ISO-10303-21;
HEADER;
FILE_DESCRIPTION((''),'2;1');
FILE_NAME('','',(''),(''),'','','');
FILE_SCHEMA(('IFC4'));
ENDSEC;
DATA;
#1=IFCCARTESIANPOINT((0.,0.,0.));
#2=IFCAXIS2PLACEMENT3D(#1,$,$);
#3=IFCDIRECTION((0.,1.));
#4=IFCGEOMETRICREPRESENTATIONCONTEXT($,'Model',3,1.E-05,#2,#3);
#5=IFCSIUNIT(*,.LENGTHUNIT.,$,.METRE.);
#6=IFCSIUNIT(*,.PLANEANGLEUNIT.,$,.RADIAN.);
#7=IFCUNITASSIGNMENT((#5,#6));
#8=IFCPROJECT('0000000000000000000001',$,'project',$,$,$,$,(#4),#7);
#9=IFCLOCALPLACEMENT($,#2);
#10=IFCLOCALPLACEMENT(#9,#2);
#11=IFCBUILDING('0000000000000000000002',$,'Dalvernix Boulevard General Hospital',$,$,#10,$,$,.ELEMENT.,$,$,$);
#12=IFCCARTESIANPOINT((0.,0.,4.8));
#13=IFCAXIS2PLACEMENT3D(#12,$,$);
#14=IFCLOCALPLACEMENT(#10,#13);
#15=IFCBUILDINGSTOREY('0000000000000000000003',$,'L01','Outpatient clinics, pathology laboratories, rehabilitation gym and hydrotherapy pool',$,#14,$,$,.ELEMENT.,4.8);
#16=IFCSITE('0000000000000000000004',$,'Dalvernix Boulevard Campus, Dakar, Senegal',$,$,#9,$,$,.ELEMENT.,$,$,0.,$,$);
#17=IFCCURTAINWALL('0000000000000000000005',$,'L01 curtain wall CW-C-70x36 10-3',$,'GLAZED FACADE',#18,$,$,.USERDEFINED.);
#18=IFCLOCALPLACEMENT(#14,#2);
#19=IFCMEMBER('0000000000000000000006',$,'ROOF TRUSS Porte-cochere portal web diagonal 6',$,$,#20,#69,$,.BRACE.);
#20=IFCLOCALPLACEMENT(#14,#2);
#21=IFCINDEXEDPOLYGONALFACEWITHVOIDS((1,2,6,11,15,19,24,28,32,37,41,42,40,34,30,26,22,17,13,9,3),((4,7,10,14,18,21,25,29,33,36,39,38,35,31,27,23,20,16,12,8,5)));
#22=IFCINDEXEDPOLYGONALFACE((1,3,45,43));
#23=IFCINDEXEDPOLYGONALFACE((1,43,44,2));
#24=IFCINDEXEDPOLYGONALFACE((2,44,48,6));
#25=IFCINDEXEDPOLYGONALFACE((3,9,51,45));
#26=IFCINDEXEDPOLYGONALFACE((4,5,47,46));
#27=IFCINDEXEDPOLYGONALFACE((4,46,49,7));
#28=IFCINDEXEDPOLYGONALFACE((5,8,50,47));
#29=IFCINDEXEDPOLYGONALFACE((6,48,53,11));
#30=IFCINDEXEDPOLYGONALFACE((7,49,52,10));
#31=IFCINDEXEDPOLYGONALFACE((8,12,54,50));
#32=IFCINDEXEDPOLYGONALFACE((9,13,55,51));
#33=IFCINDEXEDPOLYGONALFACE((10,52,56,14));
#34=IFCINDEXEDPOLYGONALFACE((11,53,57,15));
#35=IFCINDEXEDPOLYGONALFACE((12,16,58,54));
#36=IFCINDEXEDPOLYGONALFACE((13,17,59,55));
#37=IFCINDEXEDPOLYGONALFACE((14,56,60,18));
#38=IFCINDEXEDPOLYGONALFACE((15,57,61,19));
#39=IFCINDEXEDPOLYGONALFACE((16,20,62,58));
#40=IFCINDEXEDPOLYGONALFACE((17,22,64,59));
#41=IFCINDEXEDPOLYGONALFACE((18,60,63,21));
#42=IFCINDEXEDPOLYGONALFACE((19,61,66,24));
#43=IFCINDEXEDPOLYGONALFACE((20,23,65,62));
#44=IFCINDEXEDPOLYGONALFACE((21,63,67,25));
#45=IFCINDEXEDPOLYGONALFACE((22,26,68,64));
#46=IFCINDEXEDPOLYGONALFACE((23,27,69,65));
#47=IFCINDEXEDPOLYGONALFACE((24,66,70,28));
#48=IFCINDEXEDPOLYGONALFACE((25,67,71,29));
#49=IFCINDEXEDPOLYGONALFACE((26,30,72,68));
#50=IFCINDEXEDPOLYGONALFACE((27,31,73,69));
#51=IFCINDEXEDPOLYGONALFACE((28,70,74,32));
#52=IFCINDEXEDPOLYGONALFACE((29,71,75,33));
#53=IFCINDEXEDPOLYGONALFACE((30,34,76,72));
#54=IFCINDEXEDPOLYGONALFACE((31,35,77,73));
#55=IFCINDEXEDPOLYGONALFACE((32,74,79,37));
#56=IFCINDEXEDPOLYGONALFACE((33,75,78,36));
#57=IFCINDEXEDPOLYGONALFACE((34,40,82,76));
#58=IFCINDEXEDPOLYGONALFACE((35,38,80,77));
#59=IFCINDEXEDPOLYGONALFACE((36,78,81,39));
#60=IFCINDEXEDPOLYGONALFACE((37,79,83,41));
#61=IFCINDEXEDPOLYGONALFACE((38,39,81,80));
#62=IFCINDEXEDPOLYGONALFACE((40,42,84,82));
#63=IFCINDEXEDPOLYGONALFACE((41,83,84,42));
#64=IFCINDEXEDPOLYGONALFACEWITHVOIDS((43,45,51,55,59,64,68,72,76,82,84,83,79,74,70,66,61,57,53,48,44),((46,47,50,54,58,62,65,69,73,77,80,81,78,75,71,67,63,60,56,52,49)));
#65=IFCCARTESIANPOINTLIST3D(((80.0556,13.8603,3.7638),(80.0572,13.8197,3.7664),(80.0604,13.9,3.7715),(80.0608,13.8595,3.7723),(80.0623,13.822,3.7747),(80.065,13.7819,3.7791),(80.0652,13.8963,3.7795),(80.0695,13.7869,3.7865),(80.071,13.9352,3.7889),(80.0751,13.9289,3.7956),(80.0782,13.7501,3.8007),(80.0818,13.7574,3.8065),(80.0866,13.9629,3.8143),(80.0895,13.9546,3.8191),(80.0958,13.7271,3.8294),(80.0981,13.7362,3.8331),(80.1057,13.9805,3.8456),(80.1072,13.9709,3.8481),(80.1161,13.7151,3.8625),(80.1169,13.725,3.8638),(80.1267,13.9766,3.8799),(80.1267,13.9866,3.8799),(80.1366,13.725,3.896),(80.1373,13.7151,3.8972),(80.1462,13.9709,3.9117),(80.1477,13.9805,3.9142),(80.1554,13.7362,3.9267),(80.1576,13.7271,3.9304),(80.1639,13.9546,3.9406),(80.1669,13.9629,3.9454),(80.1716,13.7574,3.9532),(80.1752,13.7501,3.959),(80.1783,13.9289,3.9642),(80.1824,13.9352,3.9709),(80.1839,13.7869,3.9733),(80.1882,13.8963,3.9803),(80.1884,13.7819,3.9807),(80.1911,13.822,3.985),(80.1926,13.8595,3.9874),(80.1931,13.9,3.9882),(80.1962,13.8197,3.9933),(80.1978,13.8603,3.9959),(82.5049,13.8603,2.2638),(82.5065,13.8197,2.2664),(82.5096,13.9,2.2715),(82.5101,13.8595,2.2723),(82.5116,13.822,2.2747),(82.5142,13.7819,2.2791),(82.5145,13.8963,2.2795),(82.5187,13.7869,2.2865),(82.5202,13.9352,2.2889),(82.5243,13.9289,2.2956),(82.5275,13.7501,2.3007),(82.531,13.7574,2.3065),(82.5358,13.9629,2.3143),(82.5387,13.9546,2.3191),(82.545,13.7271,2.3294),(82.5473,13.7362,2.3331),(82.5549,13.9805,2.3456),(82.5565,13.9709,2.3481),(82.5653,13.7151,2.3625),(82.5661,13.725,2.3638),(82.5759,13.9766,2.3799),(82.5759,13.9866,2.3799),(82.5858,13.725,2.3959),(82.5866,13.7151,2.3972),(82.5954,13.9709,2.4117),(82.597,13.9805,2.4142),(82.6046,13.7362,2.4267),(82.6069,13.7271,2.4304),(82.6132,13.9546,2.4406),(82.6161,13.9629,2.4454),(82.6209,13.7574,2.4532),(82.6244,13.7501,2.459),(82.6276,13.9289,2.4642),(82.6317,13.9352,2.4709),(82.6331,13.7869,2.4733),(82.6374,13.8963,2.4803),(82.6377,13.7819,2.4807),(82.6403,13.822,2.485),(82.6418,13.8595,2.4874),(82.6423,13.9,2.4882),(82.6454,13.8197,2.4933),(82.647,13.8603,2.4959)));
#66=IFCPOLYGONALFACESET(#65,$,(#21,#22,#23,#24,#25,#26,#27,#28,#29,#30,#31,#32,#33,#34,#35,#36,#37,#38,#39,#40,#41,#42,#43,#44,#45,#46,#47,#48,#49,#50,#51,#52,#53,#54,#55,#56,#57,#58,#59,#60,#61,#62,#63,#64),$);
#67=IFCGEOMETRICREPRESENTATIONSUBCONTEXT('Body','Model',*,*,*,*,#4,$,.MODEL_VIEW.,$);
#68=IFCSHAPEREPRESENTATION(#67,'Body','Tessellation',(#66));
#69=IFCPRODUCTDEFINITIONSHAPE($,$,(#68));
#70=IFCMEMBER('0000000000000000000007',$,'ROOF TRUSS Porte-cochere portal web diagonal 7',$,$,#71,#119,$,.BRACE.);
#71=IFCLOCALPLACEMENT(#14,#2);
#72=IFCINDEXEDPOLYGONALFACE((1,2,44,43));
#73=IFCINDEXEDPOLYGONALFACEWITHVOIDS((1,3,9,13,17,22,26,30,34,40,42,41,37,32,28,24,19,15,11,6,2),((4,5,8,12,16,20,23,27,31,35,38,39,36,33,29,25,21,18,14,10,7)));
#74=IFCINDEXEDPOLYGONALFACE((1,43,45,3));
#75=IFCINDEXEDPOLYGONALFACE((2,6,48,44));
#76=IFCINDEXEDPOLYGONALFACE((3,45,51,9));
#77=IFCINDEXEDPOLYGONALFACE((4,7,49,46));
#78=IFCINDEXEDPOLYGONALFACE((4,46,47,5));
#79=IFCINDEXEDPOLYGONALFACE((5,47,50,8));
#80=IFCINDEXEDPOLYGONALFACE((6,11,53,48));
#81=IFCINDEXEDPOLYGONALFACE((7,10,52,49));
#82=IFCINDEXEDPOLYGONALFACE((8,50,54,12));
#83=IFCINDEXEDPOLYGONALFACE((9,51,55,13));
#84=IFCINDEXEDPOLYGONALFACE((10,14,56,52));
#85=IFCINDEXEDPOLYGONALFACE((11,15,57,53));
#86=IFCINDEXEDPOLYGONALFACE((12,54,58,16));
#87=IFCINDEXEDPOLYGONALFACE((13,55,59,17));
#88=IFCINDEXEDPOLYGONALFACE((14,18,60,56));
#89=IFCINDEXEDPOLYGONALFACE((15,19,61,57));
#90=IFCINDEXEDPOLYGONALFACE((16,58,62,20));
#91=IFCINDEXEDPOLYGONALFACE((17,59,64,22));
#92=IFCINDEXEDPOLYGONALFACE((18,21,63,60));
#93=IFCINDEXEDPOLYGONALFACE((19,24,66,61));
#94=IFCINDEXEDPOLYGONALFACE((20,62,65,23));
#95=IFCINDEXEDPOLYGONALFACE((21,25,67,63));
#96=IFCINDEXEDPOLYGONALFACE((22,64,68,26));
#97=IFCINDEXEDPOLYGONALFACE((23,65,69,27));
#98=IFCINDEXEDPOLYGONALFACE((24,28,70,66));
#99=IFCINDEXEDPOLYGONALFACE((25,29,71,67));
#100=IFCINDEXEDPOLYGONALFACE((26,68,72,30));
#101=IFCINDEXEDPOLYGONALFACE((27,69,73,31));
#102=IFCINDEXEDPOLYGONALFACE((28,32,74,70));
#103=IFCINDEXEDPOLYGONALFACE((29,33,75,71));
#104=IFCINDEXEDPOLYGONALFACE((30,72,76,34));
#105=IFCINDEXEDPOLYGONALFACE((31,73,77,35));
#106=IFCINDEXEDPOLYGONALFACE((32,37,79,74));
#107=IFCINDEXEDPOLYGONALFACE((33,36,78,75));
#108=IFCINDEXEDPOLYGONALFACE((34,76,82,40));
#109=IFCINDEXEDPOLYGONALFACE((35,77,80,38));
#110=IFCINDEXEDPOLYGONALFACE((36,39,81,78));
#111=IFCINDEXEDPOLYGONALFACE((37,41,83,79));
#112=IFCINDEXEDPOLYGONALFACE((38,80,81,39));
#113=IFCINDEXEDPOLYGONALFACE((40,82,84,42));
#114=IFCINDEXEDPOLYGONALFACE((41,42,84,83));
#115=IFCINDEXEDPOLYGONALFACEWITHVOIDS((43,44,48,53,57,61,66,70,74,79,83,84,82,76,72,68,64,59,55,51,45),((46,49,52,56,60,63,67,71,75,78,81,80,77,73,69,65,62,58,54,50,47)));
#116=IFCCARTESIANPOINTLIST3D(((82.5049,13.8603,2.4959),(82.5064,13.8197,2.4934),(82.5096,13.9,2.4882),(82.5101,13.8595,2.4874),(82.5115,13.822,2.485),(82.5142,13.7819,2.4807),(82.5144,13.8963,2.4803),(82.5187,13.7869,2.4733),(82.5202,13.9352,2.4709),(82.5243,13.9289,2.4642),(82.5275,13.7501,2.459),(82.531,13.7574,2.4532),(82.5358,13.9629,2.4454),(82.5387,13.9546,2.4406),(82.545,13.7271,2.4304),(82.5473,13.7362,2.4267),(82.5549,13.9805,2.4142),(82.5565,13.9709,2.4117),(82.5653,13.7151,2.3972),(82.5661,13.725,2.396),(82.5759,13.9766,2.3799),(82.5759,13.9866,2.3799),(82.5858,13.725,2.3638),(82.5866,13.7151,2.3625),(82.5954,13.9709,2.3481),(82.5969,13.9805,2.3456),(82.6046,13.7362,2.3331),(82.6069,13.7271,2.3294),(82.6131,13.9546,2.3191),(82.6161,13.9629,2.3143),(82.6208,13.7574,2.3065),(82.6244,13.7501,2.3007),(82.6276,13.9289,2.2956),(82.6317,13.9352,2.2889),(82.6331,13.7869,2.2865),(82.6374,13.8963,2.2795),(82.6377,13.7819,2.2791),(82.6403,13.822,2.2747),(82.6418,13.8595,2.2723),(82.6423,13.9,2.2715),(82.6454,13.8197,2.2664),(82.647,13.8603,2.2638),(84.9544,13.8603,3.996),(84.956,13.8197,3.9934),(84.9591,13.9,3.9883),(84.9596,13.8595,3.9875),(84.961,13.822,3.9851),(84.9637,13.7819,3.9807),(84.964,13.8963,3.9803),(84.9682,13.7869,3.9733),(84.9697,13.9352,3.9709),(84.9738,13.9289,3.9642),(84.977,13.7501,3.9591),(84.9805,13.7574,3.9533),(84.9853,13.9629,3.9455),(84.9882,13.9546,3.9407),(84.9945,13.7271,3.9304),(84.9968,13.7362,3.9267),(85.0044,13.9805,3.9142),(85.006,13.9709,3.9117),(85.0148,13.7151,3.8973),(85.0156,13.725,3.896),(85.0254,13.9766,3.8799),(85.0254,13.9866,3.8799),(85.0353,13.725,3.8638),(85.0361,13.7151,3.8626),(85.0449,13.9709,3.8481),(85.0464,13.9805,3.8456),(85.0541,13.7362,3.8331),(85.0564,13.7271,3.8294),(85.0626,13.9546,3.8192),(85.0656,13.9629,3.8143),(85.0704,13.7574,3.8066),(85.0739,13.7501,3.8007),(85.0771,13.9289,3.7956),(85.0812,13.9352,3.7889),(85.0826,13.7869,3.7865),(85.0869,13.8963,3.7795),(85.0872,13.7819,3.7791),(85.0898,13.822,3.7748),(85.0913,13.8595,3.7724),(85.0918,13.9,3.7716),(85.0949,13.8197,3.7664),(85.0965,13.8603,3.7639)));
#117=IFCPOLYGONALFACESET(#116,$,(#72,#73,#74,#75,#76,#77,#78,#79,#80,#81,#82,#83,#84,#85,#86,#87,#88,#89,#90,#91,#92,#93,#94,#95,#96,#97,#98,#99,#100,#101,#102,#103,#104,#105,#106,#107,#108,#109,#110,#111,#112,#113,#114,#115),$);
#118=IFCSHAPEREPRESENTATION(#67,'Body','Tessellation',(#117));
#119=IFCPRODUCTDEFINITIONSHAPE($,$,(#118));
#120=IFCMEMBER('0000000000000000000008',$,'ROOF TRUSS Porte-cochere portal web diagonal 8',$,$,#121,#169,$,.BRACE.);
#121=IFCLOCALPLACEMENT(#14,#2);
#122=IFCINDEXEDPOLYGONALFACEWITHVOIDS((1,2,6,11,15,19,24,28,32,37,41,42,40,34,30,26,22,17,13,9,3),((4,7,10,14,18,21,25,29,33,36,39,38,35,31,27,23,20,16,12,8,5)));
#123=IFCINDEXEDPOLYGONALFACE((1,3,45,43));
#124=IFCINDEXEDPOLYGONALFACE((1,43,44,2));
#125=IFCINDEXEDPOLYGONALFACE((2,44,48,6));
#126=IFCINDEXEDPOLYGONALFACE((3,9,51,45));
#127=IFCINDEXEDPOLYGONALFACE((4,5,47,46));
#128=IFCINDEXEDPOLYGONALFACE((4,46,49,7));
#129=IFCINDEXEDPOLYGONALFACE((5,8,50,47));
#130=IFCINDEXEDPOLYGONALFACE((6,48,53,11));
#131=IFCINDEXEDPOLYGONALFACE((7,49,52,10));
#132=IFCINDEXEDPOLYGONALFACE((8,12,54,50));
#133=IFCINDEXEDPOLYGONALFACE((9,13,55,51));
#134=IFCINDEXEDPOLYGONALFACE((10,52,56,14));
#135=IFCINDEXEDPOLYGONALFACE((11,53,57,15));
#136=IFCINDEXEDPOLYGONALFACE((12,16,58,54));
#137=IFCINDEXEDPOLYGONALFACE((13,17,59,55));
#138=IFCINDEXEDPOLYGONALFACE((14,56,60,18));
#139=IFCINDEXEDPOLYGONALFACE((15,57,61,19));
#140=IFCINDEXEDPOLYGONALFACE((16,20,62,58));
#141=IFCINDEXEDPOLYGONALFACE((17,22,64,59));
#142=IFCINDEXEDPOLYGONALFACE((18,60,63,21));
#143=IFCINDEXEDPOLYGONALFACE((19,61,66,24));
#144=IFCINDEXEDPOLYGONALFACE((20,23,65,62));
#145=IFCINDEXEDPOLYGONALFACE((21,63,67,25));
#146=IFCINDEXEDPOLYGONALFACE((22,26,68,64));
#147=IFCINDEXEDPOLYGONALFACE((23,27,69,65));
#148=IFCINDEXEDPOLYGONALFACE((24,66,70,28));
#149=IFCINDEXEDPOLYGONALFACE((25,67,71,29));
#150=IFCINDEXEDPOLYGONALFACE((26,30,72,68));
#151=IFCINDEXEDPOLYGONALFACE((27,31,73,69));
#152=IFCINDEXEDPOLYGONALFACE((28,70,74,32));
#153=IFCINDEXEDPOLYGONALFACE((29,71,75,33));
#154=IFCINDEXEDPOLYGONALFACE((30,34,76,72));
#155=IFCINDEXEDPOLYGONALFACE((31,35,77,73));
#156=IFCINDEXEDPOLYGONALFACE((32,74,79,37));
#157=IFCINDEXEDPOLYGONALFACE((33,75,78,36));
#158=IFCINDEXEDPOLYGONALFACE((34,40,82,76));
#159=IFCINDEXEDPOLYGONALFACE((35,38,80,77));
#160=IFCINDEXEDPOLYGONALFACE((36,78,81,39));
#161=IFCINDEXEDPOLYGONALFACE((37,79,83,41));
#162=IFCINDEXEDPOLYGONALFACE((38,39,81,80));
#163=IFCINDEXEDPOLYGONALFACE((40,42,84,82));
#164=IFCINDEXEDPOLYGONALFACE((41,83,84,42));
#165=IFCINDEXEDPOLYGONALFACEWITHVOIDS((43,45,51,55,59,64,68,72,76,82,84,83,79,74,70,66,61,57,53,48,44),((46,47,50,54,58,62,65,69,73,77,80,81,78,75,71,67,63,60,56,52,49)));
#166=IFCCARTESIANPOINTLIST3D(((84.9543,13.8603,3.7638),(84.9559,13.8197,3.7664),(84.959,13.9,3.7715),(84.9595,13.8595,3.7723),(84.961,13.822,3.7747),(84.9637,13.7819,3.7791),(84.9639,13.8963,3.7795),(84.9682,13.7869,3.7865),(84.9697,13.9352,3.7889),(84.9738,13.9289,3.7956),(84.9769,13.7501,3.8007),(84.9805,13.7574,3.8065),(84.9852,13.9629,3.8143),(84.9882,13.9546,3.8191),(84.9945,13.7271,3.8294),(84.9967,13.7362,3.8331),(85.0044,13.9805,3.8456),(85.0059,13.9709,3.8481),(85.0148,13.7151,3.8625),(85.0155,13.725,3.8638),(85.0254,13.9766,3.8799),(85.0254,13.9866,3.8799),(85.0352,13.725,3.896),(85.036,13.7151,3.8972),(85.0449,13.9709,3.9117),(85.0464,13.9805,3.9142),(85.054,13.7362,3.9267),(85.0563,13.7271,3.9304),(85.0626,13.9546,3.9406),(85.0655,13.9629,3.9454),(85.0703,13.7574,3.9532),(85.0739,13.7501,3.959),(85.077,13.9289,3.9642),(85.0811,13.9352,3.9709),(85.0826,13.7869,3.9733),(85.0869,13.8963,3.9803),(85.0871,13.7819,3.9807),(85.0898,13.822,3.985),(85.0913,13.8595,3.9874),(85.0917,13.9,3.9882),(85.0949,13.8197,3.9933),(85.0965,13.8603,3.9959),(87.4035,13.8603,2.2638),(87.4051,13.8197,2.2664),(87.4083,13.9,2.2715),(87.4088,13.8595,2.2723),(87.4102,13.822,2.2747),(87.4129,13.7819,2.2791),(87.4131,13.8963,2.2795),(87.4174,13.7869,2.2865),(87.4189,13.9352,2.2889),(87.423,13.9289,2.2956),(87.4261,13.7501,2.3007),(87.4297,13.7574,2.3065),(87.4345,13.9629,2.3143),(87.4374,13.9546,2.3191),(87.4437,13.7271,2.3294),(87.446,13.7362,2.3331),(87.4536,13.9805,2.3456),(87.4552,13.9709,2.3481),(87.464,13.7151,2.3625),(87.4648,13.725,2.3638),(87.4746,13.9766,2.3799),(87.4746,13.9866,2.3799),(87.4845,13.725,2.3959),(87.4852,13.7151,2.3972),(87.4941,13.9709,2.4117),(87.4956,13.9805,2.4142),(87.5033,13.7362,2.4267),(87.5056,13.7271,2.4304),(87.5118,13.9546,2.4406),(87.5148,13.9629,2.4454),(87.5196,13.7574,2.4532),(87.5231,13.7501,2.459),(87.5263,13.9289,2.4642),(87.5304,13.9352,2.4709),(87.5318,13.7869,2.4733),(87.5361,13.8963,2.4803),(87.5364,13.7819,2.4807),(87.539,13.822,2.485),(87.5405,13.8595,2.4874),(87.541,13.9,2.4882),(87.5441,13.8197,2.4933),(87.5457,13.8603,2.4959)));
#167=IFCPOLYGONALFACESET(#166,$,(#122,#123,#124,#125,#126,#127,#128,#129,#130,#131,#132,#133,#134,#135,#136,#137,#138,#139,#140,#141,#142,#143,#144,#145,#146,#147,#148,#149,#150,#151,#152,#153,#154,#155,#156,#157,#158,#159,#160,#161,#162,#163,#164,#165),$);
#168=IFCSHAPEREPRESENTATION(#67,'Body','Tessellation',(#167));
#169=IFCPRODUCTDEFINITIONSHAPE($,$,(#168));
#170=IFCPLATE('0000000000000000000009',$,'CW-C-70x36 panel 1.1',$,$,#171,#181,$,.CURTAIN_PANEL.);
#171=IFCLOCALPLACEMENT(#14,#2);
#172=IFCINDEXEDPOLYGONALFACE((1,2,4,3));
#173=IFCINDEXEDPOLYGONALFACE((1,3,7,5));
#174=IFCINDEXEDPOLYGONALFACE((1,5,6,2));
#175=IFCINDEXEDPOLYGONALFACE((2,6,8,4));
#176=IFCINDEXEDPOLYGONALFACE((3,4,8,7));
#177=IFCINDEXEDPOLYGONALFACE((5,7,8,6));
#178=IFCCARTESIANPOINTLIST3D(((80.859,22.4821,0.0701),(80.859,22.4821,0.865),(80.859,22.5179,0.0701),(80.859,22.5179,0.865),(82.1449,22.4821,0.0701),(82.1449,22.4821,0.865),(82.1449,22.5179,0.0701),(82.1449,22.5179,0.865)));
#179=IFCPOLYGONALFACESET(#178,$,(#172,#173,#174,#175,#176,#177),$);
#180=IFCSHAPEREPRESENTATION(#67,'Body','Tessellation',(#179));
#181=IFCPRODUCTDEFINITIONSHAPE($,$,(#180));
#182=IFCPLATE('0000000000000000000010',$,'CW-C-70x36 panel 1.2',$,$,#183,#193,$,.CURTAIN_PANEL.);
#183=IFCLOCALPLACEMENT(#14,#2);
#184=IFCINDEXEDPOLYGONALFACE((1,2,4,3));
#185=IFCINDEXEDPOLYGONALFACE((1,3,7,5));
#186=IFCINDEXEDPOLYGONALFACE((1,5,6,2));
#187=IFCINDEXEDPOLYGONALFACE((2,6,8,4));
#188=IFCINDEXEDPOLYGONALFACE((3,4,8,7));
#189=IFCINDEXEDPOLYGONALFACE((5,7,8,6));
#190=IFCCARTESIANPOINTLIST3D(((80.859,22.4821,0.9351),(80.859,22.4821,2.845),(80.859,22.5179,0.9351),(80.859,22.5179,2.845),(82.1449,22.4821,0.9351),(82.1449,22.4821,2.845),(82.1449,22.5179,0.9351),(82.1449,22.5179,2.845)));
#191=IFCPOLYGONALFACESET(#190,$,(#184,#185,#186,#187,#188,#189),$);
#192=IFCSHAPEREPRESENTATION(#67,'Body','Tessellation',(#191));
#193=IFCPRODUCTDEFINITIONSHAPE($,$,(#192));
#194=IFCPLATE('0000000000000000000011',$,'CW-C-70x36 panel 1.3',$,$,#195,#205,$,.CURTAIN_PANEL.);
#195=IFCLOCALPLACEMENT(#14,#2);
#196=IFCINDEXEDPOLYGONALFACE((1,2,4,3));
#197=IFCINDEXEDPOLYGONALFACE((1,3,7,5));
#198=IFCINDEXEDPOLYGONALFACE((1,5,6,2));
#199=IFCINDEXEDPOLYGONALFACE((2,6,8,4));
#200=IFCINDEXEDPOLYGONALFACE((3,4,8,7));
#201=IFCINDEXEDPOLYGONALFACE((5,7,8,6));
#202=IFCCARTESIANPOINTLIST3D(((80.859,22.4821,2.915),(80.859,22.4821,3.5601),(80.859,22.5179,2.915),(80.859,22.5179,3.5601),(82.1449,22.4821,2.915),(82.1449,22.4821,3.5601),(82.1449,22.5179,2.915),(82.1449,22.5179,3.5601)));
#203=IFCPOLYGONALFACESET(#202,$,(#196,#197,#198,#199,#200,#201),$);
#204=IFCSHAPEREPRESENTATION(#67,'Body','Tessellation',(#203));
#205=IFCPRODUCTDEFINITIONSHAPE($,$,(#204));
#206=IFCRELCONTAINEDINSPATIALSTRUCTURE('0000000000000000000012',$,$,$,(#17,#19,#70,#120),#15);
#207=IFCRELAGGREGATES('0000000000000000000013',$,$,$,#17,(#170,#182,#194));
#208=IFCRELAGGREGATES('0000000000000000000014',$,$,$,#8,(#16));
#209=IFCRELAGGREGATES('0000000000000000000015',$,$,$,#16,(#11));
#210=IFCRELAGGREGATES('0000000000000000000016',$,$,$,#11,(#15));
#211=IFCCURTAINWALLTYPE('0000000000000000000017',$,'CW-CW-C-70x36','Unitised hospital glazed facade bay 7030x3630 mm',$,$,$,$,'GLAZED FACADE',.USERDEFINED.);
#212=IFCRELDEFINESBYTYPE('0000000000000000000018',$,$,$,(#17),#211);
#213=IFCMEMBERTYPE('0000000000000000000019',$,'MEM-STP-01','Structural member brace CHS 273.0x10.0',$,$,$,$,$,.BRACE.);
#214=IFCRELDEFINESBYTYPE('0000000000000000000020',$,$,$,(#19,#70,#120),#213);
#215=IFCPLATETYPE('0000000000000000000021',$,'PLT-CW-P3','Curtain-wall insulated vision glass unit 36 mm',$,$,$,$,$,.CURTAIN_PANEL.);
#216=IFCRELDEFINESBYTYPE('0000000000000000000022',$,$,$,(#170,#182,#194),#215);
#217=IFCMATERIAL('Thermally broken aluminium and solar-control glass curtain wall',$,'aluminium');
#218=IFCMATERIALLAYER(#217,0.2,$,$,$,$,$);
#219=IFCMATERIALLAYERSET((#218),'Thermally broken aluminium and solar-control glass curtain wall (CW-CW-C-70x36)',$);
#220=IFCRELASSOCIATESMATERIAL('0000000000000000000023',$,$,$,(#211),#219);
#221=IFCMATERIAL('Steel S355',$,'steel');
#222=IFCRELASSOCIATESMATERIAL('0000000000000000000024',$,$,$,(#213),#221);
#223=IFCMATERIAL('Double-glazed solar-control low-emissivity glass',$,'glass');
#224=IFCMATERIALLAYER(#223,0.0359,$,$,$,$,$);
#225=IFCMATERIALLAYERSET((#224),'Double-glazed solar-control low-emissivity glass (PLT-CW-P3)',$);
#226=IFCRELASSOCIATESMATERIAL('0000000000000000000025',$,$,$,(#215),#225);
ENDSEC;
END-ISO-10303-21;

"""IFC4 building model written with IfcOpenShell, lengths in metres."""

from ifc_helpers import new_model, si_unit, direction, frame, origin, origin_2d, place, context, subcontext, project, spatial, rectangle, hollow_circle, extrude, material, layer, layer_set, material_profile, profile_set, type_object, element, aggregate, save


model = new_model("IFC4")

# Units and contexts
model_context = context("Model", 3, precision=1e-05, world=origin(), true_north=direction((0.0, 1.0)))
body_context = subcontext(model_context, "Body", "Model", "MODEL_VIEW")
ifc_project = project(units=[si_unit("LENGTHUNIT", "METRE"), si_unit("PLANEANGLEUNIT", "RADIAN")], contexts=[model_context])

# Site, building, storey
site_placement = place(None, origin())
site = spatial("IfcSite", under=ifc_project, at=site_placement, Name="Dalvernix Boulevard Campus, Dakar, Senegal", CompositionType="ELEMENT", RefElevation=0.0)
building_placement = place(site_placement, origin())
building = spatial("IfcBuilding", under=site, at=building_placement, Name="Dalvernix Boulevard General Hospital", CompositionType="ELEMENT")
storey_placement = place(building_placement, frame((0.0, 0.0, 4.8)))
storey = spatial("IfcBuildingStorey", under=building, at=storey_placement, Name="L01", Description="Outpatient clinics, pathology laboratories, rehabilitation gym and hydrotherapy pool", CompositionType="ELEMENT", Elevation=4.8)

# Shared definitions
ifc_material_1 = material(Name="Steel S355", Category="steel")

# Curtain wall
ifc_material_2 = material(Name="Thermally broken aluminium and solar-control glass curtain wall", Category="aluminium")
ifc_layer_1 = layer(ifc_material_2, 0.2)
ifc_layer_set_1 = layer_set([ifc_layer_1], Name="Thermally broken aluminium and solar-control glass curtain wall (CW-CW-C-70x36)")
curtain_wall_type = type_object("IfcCurtainWallType", Name="CW-CW-C-70x36", Description="Unitised hospital glazed facade bay 7030x3630 mm", ElementType="GLAZED FACADE", PredefinedType="USERDEFINED", material=ifc_layer_set_1)
curtain_wall_placement = place(storey_placement, origin())
curtain_wall = element("IfcCurtainWall", 1, at=curtain_wall_placement, inside=storey, type_object=curtain_wall_type, Name="L01 curtain wall CW-C-70x36 10-3", ObjectType="GLAZED FACADE", PredefinedType="USERDEFINED")

# Members
ifc_material_profile_1 = material_profile(ifc_material_1, hollow_circle(Radius=0.1365, WallThickness=0.01, at=origin_2d()), Name="CHS 273.0x10.0")
ifc_profile_set_1 = profile_set([ifc_material_profile_1], Name="Steel S355")
member_type_1 = type_object("IfcMemberType", Name="MEM-STP-01", Description="Structural member brace CHS 273.0x10.0", PredefinedType="BRACE", material=ifc_profile_set_1)
member_1_placement = place(storey_placement, frame((80.1267, 13.8501, 3.8799), z_axis=(0.852777, 0.0, -0.522275), x_axis=(0.0, 1.0, 0.0)))
element("IfcMember", 2, at=member_1_placement, inside=storey, type_object=member_type_1, Name="ROOF TRUSS Porte-cochere portal web diagonal 6", PredefinedType="BRACE", context=body_context, shape_type="SweptSolid", body=[
    extrude(hollow_circle(Radius=0.1365, WallThickness=0.01, at=origin_2d()), origin(), (0.0, 0.0, 1.0), 2.8721),
])
member_2_placement = place(storey_placement, frame((82.5759, 13.8501, 2.3799), z_axis=(0.8528, 0.0, 0.522237), x_axis=(0.0, 1.0, 0.0)))
element("IfcMember", 3, at=member_2_placement, inside=storey, type_object=member_type_1, Name="ROOF TRUSS Porte-cochere portal web diagonal 7", PredefinedType="BRACE", context=body_context, shape_type="SweptSolid", body=[
    extrude(hollow_circle(Radius=0.1365, WallThickness=0.01, at=origin_2d()), origin(), (0.0, 0.0, 1.0), 2.8723),
])
member_3_placement = place(storey_placement, frame((85.0254, 13.8501, 3.8799), z_axis=(0.852777, 0.0, -0.522275), x_axis=(0.0, 1.0, 0.0)))
element("IfcMember", 4, at=member_3_placement, inside=storey, type_object=member_type_1, Name="ROOF TRUSS Porte-cochere portal web diagonal 8", PredefinedType="BRACE", context=body_context, shape_type="SweptSolid", body=[
    extrude(hollow_circle(Radius=0.1365, WallThickness=0.01, at=origin_2d()), origin(), (0.0, 0.0, 1.0), 2.8721),
])

# Plates
ifc_material_3 = material(Name="Double-glazed solar-control low-emissivity glass", Category="glass")
ifc_layer_2 = layer(ifc_material_3, 0.0359)
ifc_layer_set_2 = layer_set([ifc_layer_2], Name="Double-glazed solar-control low-emissivity glass (PLT-CW-P3)")
plate_type = type_object("IfcPlateType", Name="PLT-CW-P3", Description="Curtain-wall insulated vision glass unit 36 mm", PredefinedType="CURTAIN_PANEL", material=ifc_layer_set_2)
plate_1_placement = place(storey_placement, frame((81.502, 22.5, 0.0701), z_axis=(0.0, 0.0, 1.0), x_axis=(-1.0, 0.0, 0.0)))
plate_1 = element("IfcPlate", 5, at=plate_1_placement, type_object=plate_type, Name="CW-C-70x36 panel 1.1", PredefinedType="CURTAIN_PANEL", context=body_context, shape_type="SweptSolid", body=[
    extrude(rectangle(XDim=1.2859, YDim=0.0359, at=origin_2d()), origin(), (0.0, 0.0, 1.0), 0.7949),
])
plate_2_placement = place(storey_placement, frame((81.502, 22.5, 0.9351), z_axis=(0.0, 0.0, 1.0), x_axis=(-1.0, 0.0, 0.0)))
plate_2 = element("IfcPlate", 6, at=plate_2_placement, type_object=plate_type, Name="CW-C-70x36 panel 1.2", PredefinedType="CURTAIN_PANEL", context=body_context, shape_type="SweptSolid", body=[
    extrude(rectangle(XDim=1.2859, YDim=0.0359, at=origin_2d()), origin(), (0.0, 0.0, 1.0), 1.9099),
])
plate_3_placement = place(storey_placement, frame((81.502, 22.5, 2.915), z_axis=(0.0, 0.0, 1.0), x_axis=(-1.0, 0.0, 0.0)))
plate_3 = element("IfcPlate", 7, at=plate_3_placement, type_object=plate_type, Name="CW-C-70x36 panel 1.3", PredefinedType="CURTAIN_PANEL", context=body_context, shape_type="SweptSolid", body=[
    extrude(rectangle(XDim=1.2859, YDim=0.0359, at=origin_2d()), origin(), (0.0, 0.0, 1.0), 0.645),
])
aggregate(curtain_wall, [plate_1, plate_2, plate_3])

save(model, "model.ifc")
